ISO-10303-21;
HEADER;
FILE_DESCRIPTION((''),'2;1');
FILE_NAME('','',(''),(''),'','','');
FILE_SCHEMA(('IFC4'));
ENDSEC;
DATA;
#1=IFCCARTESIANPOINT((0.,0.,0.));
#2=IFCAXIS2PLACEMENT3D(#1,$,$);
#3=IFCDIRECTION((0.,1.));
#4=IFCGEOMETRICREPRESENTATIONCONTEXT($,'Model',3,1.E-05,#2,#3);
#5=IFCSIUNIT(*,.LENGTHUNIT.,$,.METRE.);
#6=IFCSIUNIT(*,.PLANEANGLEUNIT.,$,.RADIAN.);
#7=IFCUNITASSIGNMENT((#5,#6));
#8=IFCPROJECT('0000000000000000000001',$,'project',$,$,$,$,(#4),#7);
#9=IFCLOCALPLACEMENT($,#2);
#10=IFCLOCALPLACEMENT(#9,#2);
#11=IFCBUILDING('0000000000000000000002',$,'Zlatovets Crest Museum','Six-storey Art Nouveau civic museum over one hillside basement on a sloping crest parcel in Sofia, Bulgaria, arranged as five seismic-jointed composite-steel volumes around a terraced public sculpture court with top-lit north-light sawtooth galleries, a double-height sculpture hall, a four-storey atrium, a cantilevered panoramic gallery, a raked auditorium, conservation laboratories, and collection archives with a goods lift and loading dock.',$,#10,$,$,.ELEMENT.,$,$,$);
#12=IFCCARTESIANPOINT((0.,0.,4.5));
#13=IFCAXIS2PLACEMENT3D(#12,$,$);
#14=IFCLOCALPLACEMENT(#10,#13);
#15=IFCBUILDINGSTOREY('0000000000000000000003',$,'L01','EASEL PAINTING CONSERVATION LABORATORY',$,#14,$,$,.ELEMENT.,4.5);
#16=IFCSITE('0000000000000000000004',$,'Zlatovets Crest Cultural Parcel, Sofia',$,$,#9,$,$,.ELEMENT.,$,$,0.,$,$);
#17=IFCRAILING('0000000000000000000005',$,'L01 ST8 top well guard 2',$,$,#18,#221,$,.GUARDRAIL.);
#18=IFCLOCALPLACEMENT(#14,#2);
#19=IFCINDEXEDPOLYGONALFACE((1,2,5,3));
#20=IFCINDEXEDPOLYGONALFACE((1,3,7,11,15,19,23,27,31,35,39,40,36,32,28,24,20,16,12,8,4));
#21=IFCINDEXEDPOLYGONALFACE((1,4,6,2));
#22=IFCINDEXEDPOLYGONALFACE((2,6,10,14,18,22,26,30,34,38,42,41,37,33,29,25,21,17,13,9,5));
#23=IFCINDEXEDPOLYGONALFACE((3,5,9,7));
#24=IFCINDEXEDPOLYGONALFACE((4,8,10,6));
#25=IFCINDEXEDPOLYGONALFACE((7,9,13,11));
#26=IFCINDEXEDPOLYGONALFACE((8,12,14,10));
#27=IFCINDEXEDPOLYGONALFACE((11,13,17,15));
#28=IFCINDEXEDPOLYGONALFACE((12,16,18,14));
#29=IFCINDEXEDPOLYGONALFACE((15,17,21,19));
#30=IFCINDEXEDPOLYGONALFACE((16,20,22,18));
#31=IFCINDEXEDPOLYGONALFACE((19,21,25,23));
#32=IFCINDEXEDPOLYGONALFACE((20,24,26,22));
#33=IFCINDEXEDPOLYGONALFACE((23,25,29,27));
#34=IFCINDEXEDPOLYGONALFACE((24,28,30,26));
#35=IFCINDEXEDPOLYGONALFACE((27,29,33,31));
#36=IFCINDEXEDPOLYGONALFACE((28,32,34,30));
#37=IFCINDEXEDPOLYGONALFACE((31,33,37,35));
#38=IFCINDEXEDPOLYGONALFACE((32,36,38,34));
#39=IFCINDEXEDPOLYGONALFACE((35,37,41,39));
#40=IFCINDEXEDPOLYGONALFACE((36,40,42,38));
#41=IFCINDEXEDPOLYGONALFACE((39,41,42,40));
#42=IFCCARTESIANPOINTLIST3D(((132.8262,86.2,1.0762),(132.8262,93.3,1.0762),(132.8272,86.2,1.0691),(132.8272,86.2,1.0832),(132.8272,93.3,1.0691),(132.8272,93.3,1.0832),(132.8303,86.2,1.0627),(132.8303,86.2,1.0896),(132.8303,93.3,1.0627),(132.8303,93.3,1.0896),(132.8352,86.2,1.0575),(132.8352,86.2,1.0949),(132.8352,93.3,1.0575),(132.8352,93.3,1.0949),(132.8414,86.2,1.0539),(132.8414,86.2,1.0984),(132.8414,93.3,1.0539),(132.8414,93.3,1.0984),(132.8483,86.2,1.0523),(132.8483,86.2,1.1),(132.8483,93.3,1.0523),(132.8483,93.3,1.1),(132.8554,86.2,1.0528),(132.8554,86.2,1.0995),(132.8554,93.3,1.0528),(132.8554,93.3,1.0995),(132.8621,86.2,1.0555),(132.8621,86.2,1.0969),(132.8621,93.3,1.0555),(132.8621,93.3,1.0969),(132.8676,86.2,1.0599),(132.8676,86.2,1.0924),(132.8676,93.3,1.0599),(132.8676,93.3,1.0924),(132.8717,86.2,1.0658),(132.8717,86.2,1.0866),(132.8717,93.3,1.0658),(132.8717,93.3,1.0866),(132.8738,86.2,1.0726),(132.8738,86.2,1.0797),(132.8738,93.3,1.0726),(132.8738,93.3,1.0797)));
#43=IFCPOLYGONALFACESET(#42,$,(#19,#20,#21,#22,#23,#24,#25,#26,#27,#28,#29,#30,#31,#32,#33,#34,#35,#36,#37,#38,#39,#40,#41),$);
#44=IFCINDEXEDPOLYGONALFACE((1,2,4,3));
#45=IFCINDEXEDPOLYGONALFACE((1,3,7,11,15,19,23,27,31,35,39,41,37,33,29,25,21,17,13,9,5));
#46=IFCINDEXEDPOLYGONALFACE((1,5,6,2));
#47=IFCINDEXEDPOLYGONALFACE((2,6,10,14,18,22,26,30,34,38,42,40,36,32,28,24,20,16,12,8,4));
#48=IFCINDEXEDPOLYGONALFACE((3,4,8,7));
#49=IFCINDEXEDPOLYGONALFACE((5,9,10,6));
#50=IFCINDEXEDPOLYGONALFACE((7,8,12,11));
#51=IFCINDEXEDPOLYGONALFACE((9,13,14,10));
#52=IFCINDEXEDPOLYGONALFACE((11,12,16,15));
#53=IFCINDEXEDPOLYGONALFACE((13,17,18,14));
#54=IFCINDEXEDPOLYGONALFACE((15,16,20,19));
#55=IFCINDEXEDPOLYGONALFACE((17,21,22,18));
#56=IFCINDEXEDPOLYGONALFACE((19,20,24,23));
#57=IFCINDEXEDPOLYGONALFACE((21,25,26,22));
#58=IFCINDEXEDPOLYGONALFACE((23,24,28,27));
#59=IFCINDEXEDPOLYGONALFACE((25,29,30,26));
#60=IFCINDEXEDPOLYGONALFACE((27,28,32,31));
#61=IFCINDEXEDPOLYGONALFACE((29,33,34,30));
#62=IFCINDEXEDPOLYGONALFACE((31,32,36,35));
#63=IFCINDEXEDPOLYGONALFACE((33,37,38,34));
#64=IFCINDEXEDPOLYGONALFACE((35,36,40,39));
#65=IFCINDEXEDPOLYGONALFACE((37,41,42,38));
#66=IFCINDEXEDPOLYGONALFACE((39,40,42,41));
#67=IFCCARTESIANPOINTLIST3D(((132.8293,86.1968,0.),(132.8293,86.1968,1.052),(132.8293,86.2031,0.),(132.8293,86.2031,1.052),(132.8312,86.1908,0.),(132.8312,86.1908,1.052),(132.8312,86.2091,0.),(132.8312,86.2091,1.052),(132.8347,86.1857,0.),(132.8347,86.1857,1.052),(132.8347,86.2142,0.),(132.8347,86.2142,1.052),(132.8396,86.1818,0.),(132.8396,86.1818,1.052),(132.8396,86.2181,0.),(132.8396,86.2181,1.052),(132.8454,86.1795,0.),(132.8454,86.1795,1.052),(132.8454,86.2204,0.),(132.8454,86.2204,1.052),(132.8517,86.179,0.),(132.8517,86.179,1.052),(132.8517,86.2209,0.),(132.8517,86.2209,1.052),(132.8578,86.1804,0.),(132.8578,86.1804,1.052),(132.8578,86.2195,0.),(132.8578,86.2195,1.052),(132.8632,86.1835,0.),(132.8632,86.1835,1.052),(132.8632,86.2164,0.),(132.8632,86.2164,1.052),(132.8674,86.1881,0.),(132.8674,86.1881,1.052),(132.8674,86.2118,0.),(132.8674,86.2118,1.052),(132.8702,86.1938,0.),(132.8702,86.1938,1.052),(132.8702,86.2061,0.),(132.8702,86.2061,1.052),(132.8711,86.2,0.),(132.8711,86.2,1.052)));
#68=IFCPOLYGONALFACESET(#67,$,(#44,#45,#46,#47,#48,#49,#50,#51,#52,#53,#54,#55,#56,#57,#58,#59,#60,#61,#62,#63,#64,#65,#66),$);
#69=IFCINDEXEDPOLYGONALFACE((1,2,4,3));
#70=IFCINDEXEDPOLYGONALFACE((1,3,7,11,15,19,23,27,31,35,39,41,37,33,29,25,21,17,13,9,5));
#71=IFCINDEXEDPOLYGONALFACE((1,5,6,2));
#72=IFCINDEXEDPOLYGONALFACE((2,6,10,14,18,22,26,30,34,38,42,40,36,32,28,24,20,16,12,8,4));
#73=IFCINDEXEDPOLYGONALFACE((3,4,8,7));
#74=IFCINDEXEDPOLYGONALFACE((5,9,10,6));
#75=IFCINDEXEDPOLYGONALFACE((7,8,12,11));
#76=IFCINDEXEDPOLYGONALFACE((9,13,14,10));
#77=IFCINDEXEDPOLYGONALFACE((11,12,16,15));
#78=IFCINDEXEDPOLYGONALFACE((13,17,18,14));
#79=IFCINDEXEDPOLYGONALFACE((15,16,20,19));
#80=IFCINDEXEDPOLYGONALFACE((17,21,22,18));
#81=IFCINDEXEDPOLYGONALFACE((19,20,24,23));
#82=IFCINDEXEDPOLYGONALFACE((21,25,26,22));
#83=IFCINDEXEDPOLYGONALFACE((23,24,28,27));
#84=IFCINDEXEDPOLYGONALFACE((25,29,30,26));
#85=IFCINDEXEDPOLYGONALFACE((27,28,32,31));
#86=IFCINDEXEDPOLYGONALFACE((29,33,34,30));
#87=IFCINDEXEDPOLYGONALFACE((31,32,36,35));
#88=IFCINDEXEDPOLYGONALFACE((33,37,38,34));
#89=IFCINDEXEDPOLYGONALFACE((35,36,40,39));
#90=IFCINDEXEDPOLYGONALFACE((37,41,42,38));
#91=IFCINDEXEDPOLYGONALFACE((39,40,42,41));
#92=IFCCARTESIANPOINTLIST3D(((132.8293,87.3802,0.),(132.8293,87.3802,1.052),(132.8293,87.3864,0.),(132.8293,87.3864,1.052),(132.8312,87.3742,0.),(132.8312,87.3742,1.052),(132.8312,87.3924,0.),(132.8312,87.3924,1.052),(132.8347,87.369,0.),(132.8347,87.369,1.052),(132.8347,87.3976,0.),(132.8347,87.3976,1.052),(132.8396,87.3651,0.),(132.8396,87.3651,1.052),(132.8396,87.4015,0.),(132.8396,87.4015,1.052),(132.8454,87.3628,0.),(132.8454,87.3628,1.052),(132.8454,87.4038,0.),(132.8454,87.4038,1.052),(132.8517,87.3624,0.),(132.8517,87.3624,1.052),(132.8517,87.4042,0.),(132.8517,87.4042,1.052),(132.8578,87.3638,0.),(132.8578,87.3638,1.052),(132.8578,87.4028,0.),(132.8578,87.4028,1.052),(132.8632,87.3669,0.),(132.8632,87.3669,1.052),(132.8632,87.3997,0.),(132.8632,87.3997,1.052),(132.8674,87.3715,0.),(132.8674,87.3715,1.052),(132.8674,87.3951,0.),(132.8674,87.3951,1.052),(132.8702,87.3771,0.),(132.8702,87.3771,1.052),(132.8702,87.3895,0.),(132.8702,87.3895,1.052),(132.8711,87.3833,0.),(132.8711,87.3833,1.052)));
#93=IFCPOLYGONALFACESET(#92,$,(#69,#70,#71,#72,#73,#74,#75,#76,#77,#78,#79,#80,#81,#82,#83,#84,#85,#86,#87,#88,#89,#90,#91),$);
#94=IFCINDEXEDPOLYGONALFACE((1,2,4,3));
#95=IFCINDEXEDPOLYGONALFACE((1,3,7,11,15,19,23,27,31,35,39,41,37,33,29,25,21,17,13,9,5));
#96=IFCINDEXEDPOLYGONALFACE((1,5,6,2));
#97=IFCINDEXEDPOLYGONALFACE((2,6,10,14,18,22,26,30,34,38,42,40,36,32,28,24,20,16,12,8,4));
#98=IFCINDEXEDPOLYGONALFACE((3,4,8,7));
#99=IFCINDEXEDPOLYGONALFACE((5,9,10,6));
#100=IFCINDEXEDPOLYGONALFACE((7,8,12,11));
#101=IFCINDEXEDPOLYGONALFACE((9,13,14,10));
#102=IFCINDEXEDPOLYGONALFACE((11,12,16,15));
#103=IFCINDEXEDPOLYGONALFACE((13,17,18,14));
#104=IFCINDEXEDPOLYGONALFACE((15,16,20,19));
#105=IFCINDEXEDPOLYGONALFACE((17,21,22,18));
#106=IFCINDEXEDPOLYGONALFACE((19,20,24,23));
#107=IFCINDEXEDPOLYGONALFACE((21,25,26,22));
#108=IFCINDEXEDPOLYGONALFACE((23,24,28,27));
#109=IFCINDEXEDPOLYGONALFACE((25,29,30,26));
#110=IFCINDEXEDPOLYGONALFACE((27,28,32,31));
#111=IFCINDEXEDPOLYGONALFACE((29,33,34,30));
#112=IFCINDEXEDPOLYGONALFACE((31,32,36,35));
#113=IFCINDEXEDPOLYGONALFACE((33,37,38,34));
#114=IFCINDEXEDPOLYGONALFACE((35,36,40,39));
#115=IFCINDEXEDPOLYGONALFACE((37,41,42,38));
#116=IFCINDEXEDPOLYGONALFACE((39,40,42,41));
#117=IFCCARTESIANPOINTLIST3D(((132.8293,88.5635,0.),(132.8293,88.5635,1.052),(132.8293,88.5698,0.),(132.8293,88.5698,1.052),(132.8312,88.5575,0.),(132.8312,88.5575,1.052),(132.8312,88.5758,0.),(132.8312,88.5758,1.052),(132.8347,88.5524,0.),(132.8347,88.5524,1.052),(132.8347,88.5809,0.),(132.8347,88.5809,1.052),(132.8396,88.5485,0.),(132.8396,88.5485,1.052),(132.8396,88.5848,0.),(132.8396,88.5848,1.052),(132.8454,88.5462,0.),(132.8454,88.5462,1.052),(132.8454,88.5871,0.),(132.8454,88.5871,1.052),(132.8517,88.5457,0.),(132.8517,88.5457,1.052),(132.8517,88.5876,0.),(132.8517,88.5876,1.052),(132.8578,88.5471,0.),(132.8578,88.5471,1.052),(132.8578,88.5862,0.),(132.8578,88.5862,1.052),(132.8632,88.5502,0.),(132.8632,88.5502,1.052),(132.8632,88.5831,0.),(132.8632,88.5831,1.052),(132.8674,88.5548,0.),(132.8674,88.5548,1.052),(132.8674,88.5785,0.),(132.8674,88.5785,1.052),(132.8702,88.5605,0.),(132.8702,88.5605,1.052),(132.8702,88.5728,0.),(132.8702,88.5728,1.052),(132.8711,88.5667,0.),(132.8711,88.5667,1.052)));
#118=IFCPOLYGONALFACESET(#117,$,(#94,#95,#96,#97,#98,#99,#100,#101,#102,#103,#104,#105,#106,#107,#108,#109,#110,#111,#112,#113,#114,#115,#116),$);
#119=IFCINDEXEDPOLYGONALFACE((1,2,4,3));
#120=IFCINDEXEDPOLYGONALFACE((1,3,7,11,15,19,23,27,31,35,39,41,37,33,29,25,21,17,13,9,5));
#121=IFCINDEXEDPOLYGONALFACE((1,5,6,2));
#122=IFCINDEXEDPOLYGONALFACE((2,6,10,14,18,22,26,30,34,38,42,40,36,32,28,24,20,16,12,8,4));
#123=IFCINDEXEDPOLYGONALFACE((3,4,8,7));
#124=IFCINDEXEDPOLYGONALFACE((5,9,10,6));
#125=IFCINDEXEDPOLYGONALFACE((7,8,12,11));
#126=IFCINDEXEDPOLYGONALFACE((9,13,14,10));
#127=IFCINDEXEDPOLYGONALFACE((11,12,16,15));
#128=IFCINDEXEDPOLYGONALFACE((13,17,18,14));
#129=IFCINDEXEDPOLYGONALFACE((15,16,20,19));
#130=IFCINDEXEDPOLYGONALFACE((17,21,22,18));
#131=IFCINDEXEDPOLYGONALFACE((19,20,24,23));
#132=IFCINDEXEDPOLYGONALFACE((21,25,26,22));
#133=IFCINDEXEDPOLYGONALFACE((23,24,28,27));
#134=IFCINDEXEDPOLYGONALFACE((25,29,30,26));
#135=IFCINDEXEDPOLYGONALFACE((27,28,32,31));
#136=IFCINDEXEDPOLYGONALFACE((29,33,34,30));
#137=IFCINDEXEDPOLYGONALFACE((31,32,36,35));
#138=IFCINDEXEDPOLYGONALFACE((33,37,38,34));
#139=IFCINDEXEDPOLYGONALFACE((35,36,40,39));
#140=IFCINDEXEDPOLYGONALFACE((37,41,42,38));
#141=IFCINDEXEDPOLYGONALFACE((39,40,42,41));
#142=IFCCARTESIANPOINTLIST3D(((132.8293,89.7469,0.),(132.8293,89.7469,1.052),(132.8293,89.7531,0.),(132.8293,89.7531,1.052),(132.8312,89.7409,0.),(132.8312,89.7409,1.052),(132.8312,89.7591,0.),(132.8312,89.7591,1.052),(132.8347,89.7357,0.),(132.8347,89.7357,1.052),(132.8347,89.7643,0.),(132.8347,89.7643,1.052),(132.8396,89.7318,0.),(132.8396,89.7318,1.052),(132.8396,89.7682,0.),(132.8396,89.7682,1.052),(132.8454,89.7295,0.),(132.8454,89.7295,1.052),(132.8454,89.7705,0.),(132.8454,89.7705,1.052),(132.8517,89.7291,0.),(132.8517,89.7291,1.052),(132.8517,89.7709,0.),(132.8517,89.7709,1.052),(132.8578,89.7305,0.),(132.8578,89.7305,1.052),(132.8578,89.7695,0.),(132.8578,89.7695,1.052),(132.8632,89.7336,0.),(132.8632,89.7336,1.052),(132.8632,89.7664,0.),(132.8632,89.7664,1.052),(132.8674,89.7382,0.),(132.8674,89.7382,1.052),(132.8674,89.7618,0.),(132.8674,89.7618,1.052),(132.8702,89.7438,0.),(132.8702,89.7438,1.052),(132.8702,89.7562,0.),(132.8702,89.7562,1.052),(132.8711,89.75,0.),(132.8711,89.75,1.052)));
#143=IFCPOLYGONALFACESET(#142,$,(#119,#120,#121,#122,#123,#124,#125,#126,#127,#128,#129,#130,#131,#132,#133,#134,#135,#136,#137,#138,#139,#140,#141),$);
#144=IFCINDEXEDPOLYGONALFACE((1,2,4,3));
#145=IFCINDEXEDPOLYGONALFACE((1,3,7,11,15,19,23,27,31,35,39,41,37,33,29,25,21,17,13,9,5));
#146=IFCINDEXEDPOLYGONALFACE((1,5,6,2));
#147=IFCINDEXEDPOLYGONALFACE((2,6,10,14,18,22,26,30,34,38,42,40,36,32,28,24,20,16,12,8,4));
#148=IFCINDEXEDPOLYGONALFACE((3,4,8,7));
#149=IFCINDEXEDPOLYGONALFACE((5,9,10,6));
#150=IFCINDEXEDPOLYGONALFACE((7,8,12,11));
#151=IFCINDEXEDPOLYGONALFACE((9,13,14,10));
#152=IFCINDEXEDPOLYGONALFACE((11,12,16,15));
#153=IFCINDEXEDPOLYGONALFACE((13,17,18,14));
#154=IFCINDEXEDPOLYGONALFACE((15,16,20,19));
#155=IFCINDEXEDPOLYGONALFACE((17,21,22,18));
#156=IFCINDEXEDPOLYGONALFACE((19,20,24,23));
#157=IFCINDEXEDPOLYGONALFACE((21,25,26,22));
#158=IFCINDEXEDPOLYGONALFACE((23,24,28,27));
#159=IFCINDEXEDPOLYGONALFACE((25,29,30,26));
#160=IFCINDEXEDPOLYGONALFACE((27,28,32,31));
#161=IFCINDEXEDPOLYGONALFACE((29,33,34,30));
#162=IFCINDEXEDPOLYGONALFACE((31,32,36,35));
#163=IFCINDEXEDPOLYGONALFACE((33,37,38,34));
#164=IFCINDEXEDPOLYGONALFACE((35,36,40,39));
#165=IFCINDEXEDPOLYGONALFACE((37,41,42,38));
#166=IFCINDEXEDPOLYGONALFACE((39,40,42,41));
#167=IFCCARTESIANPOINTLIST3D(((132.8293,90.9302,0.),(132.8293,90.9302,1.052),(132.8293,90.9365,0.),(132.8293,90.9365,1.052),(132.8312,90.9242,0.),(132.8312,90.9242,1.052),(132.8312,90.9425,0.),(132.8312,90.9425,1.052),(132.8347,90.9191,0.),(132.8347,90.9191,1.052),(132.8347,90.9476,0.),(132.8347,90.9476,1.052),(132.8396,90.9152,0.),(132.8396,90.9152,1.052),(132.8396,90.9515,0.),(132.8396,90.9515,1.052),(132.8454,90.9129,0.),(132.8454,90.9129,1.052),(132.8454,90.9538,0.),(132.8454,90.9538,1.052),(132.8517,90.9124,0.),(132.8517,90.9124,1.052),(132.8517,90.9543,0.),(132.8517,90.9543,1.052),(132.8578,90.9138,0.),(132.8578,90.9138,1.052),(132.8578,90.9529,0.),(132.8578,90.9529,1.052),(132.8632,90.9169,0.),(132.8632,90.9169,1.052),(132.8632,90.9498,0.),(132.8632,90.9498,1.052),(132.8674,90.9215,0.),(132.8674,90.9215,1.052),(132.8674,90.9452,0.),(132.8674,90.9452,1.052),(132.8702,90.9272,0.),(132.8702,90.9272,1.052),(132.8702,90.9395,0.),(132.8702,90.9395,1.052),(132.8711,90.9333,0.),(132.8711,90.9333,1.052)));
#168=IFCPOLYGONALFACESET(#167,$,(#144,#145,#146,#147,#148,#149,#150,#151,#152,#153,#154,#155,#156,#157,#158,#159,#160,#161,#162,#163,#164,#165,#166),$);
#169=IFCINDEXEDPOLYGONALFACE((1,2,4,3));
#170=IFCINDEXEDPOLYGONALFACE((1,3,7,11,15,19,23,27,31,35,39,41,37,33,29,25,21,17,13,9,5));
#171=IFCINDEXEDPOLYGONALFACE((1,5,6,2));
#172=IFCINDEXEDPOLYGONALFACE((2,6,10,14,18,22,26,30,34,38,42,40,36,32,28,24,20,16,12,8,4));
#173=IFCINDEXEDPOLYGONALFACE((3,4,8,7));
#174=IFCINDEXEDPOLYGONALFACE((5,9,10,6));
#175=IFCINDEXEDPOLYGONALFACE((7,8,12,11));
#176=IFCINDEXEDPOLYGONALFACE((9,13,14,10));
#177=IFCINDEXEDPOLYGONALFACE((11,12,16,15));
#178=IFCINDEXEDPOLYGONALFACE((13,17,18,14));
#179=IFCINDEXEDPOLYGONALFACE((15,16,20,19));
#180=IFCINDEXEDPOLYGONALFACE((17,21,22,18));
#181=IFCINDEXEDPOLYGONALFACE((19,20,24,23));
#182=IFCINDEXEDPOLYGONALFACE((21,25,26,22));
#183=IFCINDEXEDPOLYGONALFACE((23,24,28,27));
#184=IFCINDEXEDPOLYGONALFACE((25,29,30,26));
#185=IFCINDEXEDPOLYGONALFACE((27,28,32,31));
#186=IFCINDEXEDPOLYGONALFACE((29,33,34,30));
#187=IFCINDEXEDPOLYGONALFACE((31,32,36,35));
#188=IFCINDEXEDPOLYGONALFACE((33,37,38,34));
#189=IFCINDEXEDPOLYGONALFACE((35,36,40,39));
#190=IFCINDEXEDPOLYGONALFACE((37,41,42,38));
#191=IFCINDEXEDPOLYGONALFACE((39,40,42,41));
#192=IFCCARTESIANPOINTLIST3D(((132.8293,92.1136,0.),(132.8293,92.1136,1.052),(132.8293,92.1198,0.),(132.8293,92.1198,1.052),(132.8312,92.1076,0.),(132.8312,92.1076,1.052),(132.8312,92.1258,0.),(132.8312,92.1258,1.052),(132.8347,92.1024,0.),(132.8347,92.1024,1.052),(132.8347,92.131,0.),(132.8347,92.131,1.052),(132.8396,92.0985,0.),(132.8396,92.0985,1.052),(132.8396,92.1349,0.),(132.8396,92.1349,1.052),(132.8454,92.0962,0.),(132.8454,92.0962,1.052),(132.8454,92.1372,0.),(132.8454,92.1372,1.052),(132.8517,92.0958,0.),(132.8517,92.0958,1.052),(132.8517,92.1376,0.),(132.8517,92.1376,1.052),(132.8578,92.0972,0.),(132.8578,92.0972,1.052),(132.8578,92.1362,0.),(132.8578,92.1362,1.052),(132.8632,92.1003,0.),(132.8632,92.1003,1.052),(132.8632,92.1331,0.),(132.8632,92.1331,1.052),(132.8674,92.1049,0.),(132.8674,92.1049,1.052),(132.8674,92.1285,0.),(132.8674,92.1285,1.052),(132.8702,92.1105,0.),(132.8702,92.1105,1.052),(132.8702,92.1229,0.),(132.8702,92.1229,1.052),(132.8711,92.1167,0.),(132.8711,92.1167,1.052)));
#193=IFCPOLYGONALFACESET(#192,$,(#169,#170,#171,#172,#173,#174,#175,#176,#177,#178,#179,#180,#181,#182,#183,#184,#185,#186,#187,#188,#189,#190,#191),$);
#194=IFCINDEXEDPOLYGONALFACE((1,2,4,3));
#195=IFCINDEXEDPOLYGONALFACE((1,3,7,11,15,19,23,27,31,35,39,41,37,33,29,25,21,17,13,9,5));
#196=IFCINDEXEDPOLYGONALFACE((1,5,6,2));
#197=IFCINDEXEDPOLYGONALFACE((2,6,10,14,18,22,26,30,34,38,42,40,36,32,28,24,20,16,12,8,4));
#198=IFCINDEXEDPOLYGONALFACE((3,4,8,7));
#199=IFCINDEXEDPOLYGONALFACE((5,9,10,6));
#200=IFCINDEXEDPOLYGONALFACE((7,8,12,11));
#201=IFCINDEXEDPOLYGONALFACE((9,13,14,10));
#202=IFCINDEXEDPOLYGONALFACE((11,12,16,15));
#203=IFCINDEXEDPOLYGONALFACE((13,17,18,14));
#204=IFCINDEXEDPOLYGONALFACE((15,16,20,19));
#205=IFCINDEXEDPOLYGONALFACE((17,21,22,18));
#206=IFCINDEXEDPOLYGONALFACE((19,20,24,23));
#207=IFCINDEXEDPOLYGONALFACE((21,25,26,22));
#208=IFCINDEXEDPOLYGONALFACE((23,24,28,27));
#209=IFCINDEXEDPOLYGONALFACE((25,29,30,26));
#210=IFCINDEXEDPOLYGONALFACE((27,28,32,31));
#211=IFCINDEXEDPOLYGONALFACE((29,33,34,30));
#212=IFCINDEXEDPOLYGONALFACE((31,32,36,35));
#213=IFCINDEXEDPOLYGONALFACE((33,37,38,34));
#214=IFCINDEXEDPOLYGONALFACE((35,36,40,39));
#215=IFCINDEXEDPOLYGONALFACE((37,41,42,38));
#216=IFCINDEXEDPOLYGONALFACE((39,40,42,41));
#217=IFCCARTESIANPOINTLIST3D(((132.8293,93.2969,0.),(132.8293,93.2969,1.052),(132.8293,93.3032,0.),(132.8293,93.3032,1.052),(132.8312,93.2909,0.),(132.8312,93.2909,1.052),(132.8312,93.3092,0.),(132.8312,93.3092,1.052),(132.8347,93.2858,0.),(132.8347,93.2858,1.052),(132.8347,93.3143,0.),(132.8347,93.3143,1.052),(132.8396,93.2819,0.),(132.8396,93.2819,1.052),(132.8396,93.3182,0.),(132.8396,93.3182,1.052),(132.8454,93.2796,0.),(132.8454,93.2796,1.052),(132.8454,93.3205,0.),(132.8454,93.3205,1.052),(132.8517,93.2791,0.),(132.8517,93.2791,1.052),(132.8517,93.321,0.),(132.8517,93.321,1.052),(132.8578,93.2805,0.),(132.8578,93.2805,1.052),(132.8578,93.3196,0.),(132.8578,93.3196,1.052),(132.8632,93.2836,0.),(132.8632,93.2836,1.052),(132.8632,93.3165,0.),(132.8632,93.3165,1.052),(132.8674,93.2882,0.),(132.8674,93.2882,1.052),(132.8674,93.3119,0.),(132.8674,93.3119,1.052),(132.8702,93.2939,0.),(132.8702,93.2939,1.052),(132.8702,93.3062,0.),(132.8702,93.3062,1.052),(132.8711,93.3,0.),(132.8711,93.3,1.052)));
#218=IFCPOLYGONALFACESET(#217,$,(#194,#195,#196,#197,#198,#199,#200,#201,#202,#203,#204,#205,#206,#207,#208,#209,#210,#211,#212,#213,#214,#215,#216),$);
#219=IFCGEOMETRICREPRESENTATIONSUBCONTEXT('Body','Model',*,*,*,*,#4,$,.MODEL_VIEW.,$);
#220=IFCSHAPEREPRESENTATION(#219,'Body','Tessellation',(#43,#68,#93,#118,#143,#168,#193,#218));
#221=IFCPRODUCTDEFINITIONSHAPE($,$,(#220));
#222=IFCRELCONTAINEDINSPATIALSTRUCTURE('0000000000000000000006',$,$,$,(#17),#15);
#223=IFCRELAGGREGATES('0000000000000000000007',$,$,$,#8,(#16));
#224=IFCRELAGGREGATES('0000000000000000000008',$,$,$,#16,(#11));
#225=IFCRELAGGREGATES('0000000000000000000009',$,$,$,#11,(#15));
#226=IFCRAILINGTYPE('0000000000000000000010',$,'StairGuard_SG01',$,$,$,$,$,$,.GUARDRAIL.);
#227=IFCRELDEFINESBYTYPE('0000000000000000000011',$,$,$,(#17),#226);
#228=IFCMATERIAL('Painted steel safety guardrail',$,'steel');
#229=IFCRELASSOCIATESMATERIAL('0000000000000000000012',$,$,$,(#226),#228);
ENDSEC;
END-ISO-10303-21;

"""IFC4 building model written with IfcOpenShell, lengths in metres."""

from ifc_helpers import new_model, si_unit, direction, frame, origin, origin_2d, place, context, subcontext, project, spatial, circle, extrude, material, type_object, element, save


model = new_model("IFC4")

# Units and contexts
model_context = context("Model", 3, precision=1e-05, world=origin(), true_north=direction((0.0, 1.0)))
body_context = subcontext(model_context, "Body", "Model", "MODEL_VIEW")
ifc_project = project(units=[si_unit("LENGTHUNIT", "METRE"), si_unit("PLANEANGLEUNIT", "RADIAN")], contexts=[model_context])

# Site, building, storey
site_placement = place(None, origin())
site = spatial("IfcSite", under=ifc_project, at=site_placement, Name="Zlatovets Crest Cultural Parcel, Sofia", CompositionType="ELEMENT", RefElevation=0.0)
building_placement = place(site_placement, origin())
building = spatial("IfcBuilding", under=site, at=building_placement, Name="Zlatovets Crest Museum", Description="Six-storey Art Nouveau civic museum over one hillside basement on a sloping crest parcel in Sofia, Bulgaria, arranged as five seismic-jointed composite-steel volumes around a terraced public sculpture court with top-lit north-light sawtooth galleries, a double-height sculpture hall, a four-storey atrium, a cantilevered panoramic gallery, a raked auditorium, conservation laboratories, and collection archives with a goods lift and loading dock.", CompositionType="ELEMENT")
storey_placement = place(building_placement, frame((0.0, 0.0, 4.5)))
storey = spatial("IfcBuildingStorey", under=building, at=storey_placement, Name="L01", Description="EASEL PAINTING CONSERVATION LABORATORY", CompositionType="ELEMENT", Elevation=4.5)

# Railing
ifc_material_1 = material(Name="Painted steel safety guardrail", Category="steel")
railing_type = type_object("IfcRailingType", Name="StairGuard_SG01", PredefinedType="GUARDRAIL", material=ifc_material_1)
for number, where, name in (
    (1, (132.8501, 86.2, 0.0), "L01 ST8 top well guard 2"),
):
    element("IfcRailing", number, at=place(storey_placement, frame(where)), inside=storey, type_object=railing_type, Name=name, PredefinedType="GUARDRAIL", context=body_context, shape_type="SweptSolid", body=[
        extrude(circle(Radius=0.0239, at=origin_2d()), frame((0.0, 0.0, 1.0762), z_axis=(0.0, 1.0, 0.0), x_axis=(-1.0, 0.0, 0.0)), (0.0, 0.0, 1.0), 7.1001),
        extrude(circle(Radius=0.021, at=origin_2d()), origin(), (0.0, 0.0, 1.0), 1.052),
        extrude(circle(Radius=0.021, at=origin_2d()), frame((0.0, 1.1833, 0.0)), (0.0, 0.0, 1.0), 1.052),
        extrude(circle(Radius=0.021, at=origin_2d()), frame((0.0, 2.3667, 0.0)), (0.0, 0.0, 1.0), 1.052),
        extrude(circle(Radius=0.021, at=origin_2d()), frame((0.0, 3.55, 0.0)), (0.0, 0.0, 1.0), 1.052),
        extrude(circle(Radius=0.021, at=origin_2d()), frame((0.0, 4.7334, 0.0)), (0.0, 0.0, 1.0), 1.052),
        extrude(circle(Radius=0.021, at=origin_2d()), frame((0.0, 5.9167, 0.0)), (0.0, 0.0, 1.0), 1.052),
        extrude(circle(Radius=0.021, at=origin_2d()), frame((0.0, 7.1001, 0.0)), (0.0, 0.0, 1.0), 1.052),
    ])

save(model, "model.ifc")
